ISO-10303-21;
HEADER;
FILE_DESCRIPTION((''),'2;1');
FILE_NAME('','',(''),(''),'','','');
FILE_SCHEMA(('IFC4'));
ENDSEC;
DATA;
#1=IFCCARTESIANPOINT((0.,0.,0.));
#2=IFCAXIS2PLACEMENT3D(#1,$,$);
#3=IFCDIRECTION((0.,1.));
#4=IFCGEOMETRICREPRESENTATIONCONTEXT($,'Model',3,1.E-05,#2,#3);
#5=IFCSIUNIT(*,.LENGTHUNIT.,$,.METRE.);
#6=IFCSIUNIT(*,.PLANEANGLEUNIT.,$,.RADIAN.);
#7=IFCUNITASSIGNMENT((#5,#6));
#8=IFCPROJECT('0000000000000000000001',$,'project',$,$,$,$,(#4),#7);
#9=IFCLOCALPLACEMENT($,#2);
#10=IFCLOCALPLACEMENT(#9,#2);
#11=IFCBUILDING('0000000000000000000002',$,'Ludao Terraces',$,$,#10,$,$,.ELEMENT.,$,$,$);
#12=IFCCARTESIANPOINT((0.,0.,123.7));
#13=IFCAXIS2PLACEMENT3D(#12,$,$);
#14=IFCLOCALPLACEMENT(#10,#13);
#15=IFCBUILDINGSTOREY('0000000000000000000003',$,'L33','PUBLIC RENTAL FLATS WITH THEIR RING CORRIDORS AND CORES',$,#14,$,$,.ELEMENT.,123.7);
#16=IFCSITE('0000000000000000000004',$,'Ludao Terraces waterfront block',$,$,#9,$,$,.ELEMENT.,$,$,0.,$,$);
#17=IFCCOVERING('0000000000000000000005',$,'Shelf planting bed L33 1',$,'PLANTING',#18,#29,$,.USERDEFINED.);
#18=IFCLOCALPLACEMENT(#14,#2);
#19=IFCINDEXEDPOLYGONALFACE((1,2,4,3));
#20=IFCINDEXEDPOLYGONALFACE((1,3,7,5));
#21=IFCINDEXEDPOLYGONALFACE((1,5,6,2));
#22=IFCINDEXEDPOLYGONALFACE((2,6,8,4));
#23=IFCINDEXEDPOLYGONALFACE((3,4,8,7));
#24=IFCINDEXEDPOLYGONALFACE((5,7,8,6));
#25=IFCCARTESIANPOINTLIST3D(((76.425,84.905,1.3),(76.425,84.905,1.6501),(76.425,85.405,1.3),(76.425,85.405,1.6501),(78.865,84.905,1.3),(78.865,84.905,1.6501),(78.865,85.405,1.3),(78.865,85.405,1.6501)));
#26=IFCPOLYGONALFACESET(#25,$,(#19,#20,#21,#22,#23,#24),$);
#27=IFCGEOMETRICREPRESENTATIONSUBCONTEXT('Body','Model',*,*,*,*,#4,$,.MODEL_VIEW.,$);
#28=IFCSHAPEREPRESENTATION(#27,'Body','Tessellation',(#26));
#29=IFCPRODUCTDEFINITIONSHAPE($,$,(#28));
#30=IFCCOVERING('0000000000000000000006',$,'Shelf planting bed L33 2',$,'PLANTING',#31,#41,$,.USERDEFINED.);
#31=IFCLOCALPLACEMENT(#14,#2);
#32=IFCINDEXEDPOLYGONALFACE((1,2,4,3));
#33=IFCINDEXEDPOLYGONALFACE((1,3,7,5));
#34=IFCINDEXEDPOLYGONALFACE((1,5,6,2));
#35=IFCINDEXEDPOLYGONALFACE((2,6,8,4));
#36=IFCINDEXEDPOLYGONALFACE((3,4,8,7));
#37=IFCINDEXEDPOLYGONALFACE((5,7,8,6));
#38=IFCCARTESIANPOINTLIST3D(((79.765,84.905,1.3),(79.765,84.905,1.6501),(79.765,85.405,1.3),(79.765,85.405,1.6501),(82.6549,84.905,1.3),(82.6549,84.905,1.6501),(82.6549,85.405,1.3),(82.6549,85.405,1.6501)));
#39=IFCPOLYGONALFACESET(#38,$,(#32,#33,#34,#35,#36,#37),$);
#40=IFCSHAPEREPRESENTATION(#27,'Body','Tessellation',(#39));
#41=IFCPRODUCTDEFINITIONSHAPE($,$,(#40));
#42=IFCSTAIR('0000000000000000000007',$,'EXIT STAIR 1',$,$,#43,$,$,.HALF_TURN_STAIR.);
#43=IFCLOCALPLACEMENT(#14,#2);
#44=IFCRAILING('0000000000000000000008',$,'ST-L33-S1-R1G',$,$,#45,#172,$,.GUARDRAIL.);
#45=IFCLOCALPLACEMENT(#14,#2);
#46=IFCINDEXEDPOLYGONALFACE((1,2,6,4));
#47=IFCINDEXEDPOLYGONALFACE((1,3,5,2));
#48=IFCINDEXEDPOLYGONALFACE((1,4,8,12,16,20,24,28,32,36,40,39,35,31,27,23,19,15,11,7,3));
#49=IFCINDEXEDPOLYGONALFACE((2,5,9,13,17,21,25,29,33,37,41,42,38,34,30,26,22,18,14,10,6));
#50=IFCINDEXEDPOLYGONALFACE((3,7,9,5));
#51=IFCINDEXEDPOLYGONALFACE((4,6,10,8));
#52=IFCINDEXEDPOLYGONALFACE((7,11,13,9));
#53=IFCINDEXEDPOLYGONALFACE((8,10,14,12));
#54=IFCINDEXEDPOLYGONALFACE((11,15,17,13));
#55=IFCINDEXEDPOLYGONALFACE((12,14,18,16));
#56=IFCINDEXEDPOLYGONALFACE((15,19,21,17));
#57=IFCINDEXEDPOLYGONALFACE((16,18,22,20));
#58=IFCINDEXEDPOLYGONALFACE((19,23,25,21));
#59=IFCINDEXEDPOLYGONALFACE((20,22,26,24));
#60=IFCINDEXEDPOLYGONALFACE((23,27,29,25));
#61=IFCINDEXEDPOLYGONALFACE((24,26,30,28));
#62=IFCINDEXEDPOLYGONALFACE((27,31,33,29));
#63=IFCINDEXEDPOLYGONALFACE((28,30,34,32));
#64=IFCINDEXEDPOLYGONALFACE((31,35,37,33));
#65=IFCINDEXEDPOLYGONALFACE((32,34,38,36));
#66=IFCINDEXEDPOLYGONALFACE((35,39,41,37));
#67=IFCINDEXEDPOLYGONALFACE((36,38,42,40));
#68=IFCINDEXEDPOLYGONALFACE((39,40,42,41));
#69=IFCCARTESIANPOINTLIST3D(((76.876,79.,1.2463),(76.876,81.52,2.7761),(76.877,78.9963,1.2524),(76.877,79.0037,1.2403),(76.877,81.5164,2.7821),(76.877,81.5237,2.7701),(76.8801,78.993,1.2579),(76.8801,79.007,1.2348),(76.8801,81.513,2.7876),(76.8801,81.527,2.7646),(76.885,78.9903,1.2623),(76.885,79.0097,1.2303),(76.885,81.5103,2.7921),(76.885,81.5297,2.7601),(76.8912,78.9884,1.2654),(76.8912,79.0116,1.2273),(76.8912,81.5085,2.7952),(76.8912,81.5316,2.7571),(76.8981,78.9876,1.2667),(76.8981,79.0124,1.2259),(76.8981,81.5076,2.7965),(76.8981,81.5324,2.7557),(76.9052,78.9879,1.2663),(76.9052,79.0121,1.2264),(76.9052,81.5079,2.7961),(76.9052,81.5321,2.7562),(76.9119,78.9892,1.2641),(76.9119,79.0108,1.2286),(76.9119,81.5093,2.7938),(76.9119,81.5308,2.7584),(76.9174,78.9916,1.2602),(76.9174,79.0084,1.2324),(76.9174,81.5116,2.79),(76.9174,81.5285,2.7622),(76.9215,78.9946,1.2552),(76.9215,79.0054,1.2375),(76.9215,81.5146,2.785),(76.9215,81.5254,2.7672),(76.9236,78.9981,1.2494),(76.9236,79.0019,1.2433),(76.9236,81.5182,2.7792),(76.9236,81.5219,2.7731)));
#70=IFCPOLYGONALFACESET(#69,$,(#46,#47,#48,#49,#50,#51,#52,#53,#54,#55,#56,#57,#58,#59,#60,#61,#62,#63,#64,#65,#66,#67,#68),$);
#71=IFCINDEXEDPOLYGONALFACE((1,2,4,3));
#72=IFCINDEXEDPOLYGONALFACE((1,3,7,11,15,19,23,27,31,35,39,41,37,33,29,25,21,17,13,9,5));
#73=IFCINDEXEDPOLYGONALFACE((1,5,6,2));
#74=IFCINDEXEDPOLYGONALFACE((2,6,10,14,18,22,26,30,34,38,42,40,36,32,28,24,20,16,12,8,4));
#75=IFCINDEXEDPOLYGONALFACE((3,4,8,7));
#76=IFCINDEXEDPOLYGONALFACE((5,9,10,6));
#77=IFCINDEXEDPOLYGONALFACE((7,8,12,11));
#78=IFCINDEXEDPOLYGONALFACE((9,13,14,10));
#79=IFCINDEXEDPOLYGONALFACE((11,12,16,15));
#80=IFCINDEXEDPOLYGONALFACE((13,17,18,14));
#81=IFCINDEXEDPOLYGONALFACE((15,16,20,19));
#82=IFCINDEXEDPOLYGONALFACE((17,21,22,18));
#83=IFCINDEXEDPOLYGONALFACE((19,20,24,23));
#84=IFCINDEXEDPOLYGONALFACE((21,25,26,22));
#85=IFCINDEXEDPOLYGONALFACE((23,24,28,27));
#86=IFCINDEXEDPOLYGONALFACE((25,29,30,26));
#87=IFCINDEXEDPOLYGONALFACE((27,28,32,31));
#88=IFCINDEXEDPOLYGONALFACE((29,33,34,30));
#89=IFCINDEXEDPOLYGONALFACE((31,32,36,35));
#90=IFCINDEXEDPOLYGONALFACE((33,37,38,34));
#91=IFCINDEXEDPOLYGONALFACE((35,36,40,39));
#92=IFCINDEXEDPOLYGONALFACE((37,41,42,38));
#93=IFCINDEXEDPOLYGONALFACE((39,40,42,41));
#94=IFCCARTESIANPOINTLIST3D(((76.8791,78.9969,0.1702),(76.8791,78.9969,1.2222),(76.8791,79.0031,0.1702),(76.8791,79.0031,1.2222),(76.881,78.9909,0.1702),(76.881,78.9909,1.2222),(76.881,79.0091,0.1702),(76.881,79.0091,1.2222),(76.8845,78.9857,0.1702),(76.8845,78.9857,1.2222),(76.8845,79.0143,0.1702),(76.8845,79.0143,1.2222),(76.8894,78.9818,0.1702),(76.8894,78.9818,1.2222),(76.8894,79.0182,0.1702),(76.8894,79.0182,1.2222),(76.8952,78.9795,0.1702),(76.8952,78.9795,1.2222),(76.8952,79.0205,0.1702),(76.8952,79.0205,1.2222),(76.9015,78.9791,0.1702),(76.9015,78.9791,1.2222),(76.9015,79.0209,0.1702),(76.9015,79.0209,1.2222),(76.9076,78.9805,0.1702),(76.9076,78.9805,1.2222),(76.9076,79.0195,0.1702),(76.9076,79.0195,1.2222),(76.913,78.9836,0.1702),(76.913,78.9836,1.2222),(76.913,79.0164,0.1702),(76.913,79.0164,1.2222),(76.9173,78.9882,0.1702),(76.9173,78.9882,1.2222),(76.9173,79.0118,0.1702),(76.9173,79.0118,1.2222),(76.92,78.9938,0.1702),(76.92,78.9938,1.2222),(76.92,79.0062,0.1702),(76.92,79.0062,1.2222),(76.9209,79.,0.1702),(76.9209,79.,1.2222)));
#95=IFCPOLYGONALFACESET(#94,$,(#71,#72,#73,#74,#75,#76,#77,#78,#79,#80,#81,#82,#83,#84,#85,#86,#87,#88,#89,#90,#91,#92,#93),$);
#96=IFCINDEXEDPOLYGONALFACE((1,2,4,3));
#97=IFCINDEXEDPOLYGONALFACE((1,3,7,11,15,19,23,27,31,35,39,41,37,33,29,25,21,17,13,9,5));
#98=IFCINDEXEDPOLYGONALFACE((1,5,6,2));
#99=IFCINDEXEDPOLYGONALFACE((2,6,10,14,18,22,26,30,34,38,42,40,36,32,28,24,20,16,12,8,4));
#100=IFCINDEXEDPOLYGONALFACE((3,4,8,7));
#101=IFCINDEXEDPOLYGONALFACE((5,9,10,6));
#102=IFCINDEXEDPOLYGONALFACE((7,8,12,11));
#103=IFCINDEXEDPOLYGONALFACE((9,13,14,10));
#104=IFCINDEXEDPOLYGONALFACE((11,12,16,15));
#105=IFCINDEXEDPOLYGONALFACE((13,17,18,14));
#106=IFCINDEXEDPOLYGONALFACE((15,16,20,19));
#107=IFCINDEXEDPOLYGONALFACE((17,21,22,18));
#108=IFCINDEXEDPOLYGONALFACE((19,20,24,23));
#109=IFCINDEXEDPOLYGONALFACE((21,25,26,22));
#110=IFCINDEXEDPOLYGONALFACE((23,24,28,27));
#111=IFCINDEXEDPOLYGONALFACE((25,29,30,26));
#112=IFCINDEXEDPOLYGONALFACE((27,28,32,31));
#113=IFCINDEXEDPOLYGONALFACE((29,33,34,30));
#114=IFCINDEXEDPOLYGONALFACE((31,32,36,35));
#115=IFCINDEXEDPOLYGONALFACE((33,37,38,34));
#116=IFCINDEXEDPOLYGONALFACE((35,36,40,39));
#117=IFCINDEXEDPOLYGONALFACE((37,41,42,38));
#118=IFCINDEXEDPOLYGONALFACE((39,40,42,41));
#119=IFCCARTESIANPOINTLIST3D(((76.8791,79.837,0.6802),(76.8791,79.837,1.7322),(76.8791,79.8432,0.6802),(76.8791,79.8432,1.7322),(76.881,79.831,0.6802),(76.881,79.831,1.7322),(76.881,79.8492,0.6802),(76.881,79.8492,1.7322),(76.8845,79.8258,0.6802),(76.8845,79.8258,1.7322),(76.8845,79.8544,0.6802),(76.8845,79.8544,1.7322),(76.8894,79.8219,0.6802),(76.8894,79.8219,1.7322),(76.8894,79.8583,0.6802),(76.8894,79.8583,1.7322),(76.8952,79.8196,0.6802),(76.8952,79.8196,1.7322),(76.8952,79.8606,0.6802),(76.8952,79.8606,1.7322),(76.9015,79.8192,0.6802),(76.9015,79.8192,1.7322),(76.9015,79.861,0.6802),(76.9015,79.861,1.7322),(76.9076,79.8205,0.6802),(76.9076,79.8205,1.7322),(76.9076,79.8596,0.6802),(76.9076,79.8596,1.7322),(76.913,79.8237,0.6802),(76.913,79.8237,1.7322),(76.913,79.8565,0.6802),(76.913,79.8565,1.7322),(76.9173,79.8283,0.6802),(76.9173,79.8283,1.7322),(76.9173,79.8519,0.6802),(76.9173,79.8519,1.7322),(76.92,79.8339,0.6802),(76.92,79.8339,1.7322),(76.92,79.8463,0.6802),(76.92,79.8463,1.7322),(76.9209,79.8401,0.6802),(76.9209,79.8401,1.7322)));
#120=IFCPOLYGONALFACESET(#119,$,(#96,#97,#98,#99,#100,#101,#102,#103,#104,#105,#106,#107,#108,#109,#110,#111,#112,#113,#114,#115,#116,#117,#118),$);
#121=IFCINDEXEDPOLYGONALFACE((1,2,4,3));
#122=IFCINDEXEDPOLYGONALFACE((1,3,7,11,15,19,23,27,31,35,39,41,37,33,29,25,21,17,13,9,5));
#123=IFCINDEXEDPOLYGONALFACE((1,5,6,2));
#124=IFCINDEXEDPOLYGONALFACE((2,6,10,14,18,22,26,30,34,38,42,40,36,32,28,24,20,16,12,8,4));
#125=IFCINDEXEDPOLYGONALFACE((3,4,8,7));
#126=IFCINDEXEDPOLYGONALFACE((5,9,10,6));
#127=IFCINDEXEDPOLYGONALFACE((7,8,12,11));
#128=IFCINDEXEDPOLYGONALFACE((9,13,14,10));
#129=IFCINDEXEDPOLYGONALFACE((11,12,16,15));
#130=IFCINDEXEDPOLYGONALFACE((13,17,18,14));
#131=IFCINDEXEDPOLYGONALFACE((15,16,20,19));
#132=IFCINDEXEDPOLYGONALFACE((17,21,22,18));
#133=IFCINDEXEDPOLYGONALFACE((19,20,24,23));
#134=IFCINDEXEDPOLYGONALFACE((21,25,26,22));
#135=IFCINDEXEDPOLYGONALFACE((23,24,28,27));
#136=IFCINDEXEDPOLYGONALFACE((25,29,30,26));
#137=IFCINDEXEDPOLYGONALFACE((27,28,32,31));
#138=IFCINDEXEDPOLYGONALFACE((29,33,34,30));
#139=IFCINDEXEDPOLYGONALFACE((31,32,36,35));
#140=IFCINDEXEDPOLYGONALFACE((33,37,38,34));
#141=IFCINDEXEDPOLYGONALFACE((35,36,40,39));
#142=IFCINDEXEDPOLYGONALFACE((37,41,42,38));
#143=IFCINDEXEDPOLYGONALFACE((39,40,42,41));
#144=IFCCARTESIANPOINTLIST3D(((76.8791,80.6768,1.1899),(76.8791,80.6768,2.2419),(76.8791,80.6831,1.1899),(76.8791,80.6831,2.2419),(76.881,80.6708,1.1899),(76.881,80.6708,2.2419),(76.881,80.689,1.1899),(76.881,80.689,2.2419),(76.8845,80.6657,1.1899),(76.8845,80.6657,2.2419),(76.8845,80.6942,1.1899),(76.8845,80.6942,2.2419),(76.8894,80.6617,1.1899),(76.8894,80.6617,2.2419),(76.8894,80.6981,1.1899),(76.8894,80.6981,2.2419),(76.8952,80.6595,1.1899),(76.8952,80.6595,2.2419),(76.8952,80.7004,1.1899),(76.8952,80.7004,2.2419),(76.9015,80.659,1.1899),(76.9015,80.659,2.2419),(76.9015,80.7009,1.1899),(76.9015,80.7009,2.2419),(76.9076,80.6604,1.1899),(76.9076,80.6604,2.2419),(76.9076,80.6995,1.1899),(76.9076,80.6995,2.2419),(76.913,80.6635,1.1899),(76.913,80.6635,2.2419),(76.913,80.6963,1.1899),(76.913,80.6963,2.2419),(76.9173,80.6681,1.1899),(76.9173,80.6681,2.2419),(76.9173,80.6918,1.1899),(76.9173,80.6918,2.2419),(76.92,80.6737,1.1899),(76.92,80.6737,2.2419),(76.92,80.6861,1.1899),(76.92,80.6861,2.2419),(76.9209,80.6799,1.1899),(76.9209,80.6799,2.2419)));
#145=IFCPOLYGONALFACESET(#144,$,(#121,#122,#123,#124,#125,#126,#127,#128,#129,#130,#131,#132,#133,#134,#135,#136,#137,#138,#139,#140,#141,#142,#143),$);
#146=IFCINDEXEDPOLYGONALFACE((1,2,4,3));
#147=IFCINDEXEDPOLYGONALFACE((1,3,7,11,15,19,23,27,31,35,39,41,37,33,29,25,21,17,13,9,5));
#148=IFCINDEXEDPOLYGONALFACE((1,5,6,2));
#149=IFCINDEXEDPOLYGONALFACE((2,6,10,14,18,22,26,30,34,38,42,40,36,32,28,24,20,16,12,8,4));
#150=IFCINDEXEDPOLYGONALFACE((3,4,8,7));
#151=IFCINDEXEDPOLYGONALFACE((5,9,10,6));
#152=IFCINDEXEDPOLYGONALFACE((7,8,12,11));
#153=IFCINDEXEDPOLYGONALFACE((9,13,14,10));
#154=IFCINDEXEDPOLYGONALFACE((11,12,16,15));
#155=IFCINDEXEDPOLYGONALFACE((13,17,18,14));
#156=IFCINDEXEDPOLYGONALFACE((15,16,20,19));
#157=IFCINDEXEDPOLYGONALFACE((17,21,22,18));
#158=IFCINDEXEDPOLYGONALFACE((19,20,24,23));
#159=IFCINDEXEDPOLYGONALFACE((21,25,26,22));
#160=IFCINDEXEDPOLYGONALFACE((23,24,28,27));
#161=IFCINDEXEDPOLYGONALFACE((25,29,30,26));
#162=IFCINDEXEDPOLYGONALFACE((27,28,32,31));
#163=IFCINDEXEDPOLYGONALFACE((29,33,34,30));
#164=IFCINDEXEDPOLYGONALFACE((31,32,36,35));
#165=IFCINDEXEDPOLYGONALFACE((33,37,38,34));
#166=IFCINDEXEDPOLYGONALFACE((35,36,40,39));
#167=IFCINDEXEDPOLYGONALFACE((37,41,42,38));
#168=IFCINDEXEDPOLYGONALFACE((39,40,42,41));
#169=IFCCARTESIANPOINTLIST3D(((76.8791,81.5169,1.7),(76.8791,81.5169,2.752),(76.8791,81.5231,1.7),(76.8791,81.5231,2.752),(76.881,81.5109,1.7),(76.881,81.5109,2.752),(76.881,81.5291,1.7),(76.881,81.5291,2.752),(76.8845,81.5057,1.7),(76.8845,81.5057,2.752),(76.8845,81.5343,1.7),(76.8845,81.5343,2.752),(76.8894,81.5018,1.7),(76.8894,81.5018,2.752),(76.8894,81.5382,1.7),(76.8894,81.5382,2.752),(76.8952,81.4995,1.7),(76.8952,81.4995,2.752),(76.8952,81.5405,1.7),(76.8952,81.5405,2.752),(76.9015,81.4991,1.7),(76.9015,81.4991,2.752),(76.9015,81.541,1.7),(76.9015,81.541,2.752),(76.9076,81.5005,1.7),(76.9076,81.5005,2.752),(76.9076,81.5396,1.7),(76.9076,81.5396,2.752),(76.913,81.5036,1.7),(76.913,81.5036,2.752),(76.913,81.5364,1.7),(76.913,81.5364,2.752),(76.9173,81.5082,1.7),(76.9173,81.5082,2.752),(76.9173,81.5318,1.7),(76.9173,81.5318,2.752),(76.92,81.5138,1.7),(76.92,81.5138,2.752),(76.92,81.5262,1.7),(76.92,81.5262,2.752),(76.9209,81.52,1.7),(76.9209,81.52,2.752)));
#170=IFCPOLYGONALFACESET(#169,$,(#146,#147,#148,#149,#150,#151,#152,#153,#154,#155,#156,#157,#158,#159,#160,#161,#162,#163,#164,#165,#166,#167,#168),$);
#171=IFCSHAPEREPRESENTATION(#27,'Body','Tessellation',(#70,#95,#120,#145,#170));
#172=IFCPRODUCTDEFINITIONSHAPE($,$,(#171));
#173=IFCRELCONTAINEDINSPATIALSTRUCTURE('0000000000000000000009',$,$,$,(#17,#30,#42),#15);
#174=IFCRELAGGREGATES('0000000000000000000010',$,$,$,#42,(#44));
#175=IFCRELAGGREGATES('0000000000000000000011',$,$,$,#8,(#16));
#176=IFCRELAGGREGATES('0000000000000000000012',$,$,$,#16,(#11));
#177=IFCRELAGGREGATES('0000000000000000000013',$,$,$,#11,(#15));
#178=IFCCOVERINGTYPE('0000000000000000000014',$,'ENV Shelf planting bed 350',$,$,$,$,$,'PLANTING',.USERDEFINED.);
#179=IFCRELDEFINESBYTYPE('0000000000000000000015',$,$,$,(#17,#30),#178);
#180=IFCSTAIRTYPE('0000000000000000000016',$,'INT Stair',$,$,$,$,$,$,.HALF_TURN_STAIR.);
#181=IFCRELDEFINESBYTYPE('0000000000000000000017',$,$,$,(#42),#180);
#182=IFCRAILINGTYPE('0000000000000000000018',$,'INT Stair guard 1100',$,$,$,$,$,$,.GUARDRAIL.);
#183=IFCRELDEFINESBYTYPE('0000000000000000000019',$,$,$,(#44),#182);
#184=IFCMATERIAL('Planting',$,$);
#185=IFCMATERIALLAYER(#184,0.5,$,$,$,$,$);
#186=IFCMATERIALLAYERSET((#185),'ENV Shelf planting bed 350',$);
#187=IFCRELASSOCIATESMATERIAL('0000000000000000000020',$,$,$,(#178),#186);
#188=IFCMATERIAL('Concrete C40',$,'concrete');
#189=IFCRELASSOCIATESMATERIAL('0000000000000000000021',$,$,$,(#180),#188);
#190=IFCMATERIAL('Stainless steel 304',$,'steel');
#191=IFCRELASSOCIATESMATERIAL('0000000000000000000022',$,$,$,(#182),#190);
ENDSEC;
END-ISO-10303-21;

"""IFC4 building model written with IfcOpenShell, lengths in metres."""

from ifc_helpers import new_model, si_unit, direction, frame, origin, origin_2d, place, context, subcontext, project, spatial, rectangle, circle, extrude, material, layer, layer_set, type_object, element, aggregate, save


model = new_model("IFC4")

# Units and contexts
model_context = context("Model", 3, precision=1e-05, world=origin(), true_north=direction((0.0, 1.0)))
body_context = subcontext(model_context, "Body", "Model", "MODEL_VIEW")
ifc_project = project(units=[si_unit("LENGTHUNIT", "METRE"), si_unit("PLANEANGLEUNIT", "RADIAN")], contexts=[model_context])

# Site, building, storey
site_placement = place(None, origin())
site = spatial("IfcSite", under=ifc_project, at=site_placement, Name="Ludao Terraces waterfront block", CompositionType="ELEMENT", RefElevation=0.0)
building_placement = place(site_placement, origin())
building = spatial("IfcBuilding", under=site, at=building_placement, Name="Ludao Terraces", CompositionType="ELEMENT")
storey_placement = place(building_placement, frame((0.0, 0.0, 123.7)))
storey = spatial("IfcBuildingStorey", under=building, at=storey_placement, Name="L33", Description="PUBLIC RENTAL FLATS WITH THEIR RING CORRIDORS AND CORES", CompositionType="ELEMENT", Elevation=123.7)

# Shared definitions
ifc_material_1 = material(Name="Stainless steel 304", Category="steel")

# Coverings
ifc_material_2 = material(Name="Planting")
ifc_layer_1 = layer(ifc_material_2, 0.5)
ifc_layer_set_1 = layer_set([ifc_layer_1], Name="ENV Shelf planting bed 350")
covering_type_1 = type_object("IfcCoveringType", Name="ENV Shelf planting bed 350", ElementType="PLANTING", PredefinedType="USERDEFINED", material=ifc_layer_set_1)
covering_1_placement = place(storey_placement, frame((77.645, 85.155, 1.3), z_axis=(0.0, 0.0, 1.0), x_axis=(1.0, 0.0, 0.0)))
element("IfcCovering", 1, at=covering_1_placement, inside=storey, type_object=covering_type_1, Name="Shelf planting bed L33 1", ObjectType="PLANTING", PredefinedType="USERDEFINED", context=body_context, shape_type="SweptSolid", body=[
    extrude(rectangle(XDim=2.4399, YDim=0.5, at=origin_2d()), origin(), (0.0, 0.0, 1.0), 0.3501),
])
covering_2_placement = place(storey_placement, frame((81.21, 85.155, 1.3), z_axis=(0.0, 0.0, 1.0), x_axis=(1.0, 0.0, 0.0)))
element("IfcCovering", 2, at=covering_2_placement, inside=storey, type_object=covering_type_1, Name="Shelf planting bed L33 2", ObjectType="PLANTING", PredefinedType="USERDEFINED", context=body_context, shape_type="SweptSolid", body=[
    extrude(rectangle(XDim=2.8899, YDim=0.5, at=origin_2d()), origin(), (0.0, 0.0, 1.0), 0.3501),
])

# Stair, railing
ifc_material_3 = material(Name="Concrete C40", Category="concrete")
stair_type = type_object("IfcStairType", Name="INT Stair", PredefinedType="HALF_TURN_STAIR", material=ifc_material_3)
stair_placement = place(storey_placement, origin())
stair = element("IfcStair", 3, at=stair_placement, inside=storey, type_object=stair_type, Name="EXIT STAIR 1", PredefinedType="HALF_TURN_STAIR")
railing_type_1 = type_object("IfcRailingType", Name="INT Stair guard 1100", PredefinedType="GUARDRAIL", material=ifc_material_1)
railing_1_placement = place(storey_placement, frame((76.8999, 79.0, 0.1702)))
railing_1 = element("IfcRailing", 4, at=railing_1_placement, type_object=railing_type_1, Name="ST-L33-S1-R1G", PredefinedType="GUARDRAIL", context=body_context, shape_type="SweptSolid", body=[
    extrude(circle(Radius=0.0239, at=origin_2d()), frame((0.0, 0.0, 1.0762), z_axis=(0.0, 0.854822, 0.518922), x_axis=(-1.0, 0.0, 0.0)), (0.0, 0.0, 1.0), 2.948),
    extrude(circle(Radius=0.021, at=origin_2d()), origin(), (0.0, 0.0, 1.0), 1.052),
    extrude(circle(Radius=0.021, at=origin_2d()), frame((0.0, 0.8401, 0.51)), (0.0, 0.0, 1.0), 1.052),
    extrude(circle(Radius=0.021, at=origin_2d()), frame((0.0, 1.6799, 1.0198)), (0.0, 0.0, 1.0), 1.052),
    extrude(circle(Radius=0.021, at=origin_2d()), frame((0.0, 2.52, 1.5298)), (0.0, 0.0, 1.0), 1.052),
])
aggregate(stair, [railing_1])

save(model, "model.ifc")
